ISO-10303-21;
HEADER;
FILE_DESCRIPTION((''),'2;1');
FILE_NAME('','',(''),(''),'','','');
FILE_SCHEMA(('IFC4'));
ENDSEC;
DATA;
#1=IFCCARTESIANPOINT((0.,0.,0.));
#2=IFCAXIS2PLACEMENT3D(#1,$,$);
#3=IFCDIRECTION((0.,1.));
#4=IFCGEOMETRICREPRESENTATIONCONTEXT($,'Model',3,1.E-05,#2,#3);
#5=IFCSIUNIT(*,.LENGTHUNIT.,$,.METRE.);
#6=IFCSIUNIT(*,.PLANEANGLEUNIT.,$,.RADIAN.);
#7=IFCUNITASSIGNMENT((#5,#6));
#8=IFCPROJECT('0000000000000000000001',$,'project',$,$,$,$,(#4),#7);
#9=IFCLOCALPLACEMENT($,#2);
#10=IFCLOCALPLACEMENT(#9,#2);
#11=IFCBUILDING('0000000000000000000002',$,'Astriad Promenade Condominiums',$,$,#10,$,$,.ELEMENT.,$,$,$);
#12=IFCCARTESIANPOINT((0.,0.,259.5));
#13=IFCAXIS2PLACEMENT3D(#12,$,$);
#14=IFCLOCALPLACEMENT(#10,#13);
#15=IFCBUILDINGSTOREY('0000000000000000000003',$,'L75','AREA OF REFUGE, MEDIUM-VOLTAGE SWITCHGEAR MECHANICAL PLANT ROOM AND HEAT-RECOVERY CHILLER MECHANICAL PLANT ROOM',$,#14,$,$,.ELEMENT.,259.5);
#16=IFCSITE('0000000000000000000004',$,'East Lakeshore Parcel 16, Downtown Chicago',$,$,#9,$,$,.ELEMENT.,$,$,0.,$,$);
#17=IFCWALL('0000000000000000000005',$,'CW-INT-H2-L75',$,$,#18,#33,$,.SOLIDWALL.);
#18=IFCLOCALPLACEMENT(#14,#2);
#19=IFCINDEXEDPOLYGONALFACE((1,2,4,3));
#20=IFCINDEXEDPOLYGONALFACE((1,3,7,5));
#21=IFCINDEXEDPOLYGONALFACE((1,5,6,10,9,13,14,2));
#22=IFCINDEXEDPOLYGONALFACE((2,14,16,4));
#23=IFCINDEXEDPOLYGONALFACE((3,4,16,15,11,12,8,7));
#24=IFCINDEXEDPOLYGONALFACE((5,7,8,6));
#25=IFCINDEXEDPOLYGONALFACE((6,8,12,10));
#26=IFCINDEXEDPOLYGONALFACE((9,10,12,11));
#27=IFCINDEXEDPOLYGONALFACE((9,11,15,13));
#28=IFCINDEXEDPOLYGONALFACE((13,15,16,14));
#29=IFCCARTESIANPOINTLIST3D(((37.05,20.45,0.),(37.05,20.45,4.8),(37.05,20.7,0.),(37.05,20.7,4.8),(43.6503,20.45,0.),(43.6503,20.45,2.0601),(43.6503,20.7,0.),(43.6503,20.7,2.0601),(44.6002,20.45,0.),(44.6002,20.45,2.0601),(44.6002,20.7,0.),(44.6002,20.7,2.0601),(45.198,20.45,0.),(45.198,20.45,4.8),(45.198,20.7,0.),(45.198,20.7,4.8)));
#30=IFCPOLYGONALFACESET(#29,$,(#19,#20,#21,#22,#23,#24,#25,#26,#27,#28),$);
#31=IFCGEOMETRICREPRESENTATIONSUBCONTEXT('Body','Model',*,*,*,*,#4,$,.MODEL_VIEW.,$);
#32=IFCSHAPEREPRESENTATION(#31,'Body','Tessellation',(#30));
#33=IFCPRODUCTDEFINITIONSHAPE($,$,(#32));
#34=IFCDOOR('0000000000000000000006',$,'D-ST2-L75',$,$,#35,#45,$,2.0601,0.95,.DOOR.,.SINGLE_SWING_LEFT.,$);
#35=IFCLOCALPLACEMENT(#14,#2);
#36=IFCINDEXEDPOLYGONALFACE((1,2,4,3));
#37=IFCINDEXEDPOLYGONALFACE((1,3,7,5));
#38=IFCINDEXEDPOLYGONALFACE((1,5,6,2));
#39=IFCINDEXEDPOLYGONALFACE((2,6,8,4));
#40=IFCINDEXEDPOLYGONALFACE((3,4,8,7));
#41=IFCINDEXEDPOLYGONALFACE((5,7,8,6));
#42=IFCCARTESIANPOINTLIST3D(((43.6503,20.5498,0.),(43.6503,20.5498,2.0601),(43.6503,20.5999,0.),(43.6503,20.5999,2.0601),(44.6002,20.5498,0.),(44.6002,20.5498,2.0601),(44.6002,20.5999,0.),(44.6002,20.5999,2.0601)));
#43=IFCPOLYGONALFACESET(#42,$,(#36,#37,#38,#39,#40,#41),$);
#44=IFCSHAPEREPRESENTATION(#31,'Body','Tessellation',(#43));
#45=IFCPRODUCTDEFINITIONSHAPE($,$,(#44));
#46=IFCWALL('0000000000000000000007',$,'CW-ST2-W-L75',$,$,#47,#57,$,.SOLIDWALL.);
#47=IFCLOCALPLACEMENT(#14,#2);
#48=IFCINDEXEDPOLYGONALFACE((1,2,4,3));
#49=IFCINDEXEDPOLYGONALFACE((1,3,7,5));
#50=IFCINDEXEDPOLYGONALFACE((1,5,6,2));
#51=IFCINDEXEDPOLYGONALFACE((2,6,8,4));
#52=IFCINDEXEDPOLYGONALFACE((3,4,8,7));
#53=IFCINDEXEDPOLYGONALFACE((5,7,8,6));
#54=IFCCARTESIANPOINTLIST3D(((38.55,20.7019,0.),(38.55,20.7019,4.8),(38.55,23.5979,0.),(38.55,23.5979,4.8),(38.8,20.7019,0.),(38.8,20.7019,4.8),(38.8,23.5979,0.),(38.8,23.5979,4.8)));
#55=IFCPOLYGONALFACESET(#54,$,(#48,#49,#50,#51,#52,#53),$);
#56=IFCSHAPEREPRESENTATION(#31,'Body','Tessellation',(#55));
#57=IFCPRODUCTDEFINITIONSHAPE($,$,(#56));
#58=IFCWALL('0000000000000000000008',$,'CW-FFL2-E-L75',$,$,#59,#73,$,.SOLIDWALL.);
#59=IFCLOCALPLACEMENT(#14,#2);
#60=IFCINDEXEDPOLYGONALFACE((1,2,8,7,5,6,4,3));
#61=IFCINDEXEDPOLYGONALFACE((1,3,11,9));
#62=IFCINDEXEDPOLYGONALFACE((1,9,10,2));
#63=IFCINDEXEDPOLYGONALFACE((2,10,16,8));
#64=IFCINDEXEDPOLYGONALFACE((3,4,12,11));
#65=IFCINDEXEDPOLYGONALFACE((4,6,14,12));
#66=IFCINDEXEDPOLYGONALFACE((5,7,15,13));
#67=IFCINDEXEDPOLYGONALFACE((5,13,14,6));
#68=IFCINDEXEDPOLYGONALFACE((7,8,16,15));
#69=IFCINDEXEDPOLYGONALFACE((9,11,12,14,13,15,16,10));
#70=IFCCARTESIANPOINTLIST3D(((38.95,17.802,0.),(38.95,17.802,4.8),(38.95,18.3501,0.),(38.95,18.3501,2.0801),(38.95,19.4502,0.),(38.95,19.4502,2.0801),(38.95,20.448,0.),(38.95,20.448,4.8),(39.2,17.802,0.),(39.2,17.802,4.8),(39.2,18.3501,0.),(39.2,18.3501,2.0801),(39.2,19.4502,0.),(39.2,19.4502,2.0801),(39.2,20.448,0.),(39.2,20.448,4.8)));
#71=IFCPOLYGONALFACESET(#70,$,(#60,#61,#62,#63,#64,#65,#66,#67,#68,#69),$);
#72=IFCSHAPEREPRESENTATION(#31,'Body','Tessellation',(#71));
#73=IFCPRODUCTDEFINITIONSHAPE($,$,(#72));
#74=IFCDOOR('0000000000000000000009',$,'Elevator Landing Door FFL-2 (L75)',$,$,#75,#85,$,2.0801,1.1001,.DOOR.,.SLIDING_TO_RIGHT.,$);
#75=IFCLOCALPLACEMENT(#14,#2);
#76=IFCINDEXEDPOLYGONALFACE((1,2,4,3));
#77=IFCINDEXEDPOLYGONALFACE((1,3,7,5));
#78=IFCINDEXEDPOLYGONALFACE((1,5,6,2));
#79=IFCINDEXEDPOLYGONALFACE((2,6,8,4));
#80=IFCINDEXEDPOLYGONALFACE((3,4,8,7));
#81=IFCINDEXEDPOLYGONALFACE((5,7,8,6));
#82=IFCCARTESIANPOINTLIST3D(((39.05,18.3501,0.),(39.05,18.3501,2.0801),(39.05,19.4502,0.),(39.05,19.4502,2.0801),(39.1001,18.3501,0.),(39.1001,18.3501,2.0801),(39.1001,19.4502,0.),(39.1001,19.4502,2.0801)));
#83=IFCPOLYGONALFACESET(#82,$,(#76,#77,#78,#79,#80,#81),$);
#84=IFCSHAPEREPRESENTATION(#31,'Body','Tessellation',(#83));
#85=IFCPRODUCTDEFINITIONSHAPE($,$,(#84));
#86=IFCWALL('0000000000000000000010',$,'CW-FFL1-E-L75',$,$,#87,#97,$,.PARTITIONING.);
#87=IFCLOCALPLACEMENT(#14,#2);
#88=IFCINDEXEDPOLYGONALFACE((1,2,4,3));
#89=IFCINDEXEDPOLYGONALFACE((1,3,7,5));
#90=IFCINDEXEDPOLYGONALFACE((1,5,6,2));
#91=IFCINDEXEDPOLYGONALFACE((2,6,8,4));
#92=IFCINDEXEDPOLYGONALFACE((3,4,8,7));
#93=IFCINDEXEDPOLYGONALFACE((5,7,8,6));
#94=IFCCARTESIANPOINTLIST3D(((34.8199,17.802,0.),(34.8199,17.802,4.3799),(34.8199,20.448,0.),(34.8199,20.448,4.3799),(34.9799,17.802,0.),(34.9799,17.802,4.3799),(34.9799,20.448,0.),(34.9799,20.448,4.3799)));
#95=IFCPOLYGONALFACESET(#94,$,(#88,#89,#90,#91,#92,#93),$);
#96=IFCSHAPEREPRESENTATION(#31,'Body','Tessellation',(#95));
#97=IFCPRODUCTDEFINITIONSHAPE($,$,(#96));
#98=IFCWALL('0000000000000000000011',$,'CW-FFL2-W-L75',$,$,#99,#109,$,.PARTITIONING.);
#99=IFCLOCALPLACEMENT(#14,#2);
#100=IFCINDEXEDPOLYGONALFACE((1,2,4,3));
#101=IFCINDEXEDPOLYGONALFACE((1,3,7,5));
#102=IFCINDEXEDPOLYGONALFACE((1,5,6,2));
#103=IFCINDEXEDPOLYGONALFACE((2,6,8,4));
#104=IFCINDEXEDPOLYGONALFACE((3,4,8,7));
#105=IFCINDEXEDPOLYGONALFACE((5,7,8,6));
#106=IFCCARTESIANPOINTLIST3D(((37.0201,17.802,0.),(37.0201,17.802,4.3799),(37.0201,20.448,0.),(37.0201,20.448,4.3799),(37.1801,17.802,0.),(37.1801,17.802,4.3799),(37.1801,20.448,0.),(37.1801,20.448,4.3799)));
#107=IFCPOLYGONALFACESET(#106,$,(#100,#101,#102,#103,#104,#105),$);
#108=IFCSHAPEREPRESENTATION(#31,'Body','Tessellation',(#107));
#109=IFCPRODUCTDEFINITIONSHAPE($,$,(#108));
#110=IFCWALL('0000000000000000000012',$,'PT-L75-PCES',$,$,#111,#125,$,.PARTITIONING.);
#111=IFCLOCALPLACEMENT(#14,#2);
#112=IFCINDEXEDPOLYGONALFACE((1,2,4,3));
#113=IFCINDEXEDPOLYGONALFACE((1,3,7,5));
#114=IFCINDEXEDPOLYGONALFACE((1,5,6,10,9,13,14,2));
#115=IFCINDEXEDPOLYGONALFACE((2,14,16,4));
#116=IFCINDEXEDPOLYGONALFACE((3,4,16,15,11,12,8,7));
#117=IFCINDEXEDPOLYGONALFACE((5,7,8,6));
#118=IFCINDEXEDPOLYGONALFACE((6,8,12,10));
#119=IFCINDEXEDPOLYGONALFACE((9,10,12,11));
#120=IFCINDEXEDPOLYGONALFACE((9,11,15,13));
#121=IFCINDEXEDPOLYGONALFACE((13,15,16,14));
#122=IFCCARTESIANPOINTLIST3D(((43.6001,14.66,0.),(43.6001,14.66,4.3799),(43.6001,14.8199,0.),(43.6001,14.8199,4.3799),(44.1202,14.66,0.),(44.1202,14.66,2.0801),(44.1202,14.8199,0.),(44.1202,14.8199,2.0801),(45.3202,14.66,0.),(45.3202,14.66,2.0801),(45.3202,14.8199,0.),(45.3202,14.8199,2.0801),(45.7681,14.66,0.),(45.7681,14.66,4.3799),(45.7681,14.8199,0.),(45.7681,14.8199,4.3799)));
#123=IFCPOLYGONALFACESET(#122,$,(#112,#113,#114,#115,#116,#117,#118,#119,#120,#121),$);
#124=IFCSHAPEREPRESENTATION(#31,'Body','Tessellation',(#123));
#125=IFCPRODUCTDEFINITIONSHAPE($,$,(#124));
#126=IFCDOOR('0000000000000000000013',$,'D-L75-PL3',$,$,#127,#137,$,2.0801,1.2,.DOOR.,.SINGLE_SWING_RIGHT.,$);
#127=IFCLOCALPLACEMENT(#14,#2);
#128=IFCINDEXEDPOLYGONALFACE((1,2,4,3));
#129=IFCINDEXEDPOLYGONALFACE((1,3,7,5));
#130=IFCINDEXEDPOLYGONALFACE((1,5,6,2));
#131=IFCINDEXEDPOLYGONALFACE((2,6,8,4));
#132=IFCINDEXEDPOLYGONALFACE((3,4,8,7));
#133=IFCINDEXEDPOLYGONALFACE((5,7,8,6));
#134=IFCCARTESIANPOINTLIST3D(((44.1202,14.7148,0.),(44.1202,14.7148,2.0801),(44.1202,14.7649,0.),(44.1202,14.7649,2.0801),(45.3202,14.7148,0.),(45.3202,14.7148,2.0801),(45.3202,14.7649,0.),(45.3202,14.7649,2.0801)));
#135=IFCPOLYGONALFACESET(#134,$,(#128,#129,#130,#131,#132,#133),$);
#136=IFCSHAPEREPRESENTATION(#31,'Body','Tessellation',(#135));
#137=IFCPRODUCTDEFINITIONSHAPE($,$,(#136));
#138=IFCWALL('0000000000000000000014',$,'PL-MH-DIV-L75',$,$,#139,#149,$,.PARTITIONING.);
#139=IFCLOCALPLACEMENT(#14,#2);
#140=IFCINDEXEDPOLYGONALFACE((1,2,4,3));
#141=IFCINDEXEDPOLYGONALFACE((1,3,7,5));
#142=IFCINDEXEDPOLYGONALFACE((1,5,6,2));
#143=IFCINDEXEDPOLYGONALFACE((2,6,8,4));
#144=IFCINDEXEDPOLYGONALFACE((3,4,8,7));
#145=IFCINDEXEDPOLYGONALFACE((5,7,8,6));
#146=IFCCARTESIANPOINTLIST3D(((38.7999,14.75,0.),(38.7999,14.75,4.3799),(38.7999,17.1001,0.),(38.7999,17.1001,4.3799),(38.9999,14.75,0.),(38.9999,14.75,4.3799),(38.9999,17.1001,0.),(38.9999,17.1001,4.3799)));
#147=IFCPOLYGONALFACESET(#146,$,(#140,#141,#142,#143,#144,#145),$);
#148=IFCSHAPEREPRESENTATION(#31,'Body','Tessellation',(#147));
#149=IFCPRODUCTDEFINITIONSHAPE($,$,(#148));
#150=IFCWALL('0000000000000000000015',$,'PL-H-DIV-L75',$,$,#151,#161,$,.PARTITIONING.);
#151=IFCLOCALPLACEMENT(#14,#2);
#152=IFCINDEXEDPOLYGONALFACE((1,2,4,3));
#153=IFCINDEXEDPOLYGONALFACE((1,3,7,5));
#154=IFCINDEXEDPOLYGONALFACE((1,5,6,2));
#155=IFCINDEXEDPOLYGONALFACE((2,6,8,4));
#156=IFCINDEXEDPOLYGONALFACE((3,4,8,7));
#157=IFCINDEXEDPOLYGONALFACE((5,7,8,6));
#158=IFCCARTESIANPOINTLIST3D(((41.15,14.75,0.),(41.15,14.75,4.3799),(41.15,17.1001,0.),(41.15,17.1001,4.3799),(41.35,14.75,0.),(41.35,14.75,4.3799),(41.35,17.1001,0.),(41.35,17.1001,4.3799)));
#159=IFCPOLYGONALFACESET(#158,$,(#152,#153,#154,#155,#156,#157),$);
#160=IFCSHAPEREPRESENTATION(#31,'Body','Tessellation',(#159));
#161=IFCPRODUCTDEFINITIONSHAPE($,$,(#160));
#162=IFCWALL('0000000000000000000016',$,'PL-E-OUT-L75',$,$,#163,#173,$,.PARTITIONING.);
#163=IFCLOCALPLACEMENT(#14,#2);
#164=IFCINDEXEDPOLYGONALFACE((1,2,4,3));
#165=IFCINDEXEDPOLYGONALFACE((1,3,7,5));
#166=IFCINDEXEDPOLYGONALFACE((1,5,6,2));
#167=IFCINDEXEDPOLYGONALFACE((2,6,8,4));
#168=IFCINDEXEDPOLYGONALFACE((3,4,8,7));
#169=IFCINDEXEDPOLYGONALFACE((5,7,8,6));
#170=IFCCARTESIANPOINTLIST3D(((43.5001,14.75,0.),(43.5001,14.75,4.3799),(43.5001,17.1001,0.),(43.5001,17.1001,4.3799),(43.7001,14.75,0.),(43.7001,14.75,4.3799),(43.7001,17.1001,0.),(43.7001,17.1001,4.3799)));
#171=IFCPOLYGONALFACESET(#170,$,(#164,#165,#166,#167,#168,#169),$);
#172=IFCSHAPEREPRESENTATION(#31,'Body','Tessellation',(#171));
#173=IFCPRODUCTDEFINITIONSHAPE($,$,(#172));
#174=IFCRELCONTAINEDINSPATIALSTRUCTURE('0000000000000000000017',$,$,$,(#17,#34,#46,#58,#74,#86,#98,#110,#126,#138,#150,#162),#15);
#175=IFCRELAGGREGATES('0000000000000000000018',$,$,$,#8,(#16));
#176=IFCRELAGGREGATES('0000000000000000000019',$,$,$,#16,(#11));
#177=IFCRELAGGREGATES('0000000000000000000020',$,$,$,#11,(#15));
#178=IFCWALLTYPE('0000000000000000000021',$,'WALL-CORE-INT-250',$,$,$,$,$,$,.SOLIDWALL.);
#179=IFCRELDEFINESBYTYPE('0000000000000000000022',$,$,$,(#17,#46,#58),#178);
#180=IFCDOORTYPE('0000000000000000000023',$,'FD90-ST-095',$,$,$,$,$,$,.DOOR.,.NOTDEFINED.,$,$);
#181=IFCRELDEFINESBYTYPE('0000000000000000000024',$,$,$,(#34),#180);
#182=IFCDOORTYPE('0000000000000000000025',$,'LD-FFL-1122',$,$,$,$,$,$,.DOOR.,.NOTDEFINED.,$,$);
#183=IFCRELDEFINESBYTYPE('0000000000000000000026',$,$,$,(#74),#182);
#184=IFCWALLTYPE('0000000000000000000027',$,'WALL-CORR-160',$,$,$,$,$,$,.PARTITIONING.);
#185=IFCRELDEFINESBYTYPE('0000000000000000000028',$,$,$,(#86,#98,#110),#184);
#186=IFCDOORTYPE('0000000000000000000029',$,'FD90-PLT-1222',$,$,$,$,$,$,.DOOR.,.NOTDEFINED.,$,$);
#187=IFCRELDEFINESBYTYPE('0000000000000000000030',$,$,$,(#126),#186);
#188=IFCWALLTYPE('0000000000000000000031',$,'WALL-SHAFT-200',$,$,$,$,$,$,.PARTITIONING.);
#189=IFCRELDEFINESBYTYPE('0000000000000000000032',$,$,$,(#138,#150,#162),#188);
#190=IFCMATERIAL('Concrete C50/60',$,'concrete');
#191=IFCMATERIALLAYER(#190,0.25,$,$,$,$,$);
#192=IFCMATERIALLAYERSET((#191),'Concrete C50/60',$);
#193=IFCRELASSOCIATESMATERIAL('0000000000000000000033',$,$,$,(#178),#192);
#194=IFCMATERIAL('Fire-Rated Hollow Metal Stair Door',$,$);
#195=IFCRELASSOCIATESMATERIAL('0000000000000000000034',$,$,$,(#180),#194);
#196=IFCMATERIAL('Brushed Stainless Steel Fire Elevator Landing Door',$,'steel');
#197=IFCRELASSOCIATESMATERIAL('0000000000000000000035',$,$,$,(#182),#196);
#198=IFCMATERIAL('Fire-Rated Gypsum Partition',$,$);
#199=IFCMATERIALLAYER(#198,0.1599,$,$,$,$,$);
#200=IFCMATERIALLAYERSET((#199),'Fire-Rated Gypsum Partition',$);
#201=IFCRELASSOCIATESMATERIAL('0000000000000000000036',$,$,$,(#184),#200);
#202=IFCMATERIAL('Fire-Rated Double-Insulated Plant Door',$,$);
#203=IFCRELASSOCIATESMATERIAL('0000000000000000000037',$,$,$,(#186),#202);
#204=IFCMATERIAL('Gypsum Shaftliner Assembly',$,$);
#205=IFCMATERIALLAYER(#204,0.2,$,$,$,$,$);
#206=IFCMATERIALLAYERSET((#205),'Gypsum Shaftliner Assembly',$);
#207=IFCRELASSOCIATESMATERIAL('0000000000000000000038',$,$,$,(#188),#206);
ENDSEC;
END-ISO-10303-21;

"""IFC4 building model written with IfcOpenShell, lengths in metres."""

from ifc_helpers import new_model, si_unit, direction, frame, frame_2d, origin, place, context, subcontext, project, spatial, rectangle, extrude, source, transform, mapped, material, layer, layer_set, type_object, type_shapes, element, fill, save


model = new_model("IFC4")

# Units and contexts
model_context = context("Model", 3, precision=1e-05, world=origin(), true_north=direction((0.0, 1.0)))
body_context = subcontext(model_context, "Body", "Model", "MODEL_VIEW")
ifc_project = project(units=[si_unit("LENGTHUNIT", "METRE"), si_unit("PLANEANGLEUNIT", "RADIAN")], contexts=[model_context])

# Site, building, storey
site_placement = place(None, origin())
site = spatial("IfcSite", under=ifc_project, at=site_placement, Name="East Lakeshore Parcel 16, Downtown Chicago", CompositionType="ELEMENT", RefElevation=0.0)
building_placement = place(site_placement, origin())
building = spatial("IfcBuilding", under=site, at=building_placement, Name="Astriad Promenade Condominiums", CompositionType="ELEMENT")
storey_placement = place(building_placement, frame((0.0, 0.0, 259.5)))
storey = spatial("IfcBuildingStorey", under=building, at=storey_placement, Name="L75", Description="AREA OF REFUGE, MEDIUM-VOLTAGE SWITCHGEAR MECHANICAL PLANT ROOM AND HEAT-RECOVERY CHILLER MECHANICAL PLANT ROOM", CompositionType="ELEMENT", Elevation=259.5)

# Wall, opening, door
ifc_material_1 = material(Name="Concrete C50/60", Category="concrete")
ifc_layer_1 = layer(ifc_material_1, 0.25)
ifc_layer_set_1 = layer_set([ifc_layer_1], Name="Concrete C50/60")
wall_type_1 = type_object("IfcWallType", Name="WALL-CORE-INT-250", PredefinedType="SOLIDWALL", material=ifc_layer_set_1)
wall_1_placement = place(storey_placement, frame((37.05, 20.575, 0.0), z_axis=(0.0, 0.0, 1.0), x_axis=(1.0, 0.0, 0.0)))
wall_1 = element("IfcWall", 1, at=wall_1_placement, inside=storey, type_object=wall_type_1, Name="CW-INT-H2-L75", PredefinedType="SOLIDWALL", context=body_context, shape_type="SweptSolid", body=[
    extrude(rectangle(XDim=8.1479, YDim=0.25, at=frame_2d((4.074, 0.0))), origin(), (0.0, 0.0, 1.0), 4.8),
])
opening_1_placement = place(wall_1_placement, frame((6.6001, 0.0, 0.0)))
opening_1 = element("IfcOpeningElement", 2, at=opening_1_placement, cuts=wall_1, PredefinedType="OPENING", context=body_context, shape_type="SweptSolid", body=[
    extrude(rectangle(XDim=0.95, YDim=2.0601, at=frame_2d((0.4751, 1.03))), frame((0.0, 0.135, 0.0), z_axis=(0.0, -1.0, 0.0), x_axis=(1.0, 0.0, 0.0)), (0.0, 0.0, 1.0), 0.27),
])
ifc_material_2 = material(Name="Fire-Rated Hollow Metal Stair Door")
door_type_1 = type_object("IfcDoorType", Name="FD90-ST-095", OperationType="NOTDEFINED", PredefinedType="DOOR", material=ifc_material_2)
shared_shape_1 = source(origin(), body_context, "Body", "SweptSolid", [
    extrude(rectangle(XDim=0.95, YDim=2.0601, at=frame_2d((0.4751, 1.03))), frame((0.0, 0.0249, 0.0), z_axis=(0.0, -1.0, 0.0), x_axis=(1.0, 0.0, 0.0)), (0.0, 0.0, 1.0), 0.05),
])
type_shapes(door_type_1, [shared_shape_1])
door_1_placement = place(opening_1_placement, origin())
door_1 = element("IfcDoor", 3, at=door_1_placement, inside=storey, type_object=door_type_1, Name="D-ST2-L75", OperationType="SINGLE_SWING_LEFT", OverallHeight=2.0601, OverallWidth=0.95, PredefinedType="DOOR", context=body_context, shape_type="MappedRepresentation", body=[
    mapped(shared_shape_1, transform((0.0, 0.0, 0.0), scale=1.0)),
])
fill(opening_1, door_1)

# Wall
wall_2_placement = place(storey_placement, frame((38.675, 20.7019, 0.0), z_axis=(0.0, 0.0, 1.0), x_axis=(0.0, 1.0, 0.0)))
element("IfcWall", 4, at=wall_2_placement, inside=storey, type_object=wall_type_1, Name="CW-ST2-W-L75", PredefinedType="SOLIDWALL", context=body_context, shape_type="SweptSolid", body=[
    extrude(rectangle(XDim=2.896, YDim=0.25, at=frame_2d((1.448, 0.0))), origin(), (0.0, 0.0, 1.0), 4.8),
])

# Wall, opening, door
wall_3_placement = place(storey_placement, frame((39.075, 17.802, 0.0), z_axis=(0.0, 0.0, 1.0), x_axis=(0.0, 1.0, 0.0)))
wall_3 = element("IfcWall", 5, at=wall_3_placement, inside=storey, type_object=wall_type_1, Name="CW-FFL2-E-L75", PredefinedType="SOLIDWALL", context=body_context, shape_type="SweptSolid", body=[
    extrude(rectangle(XDim=2.646, YDim=0.25, at=frame_2d((1.323, 0.0))), origin(), (0.0, 0.0, 1.0), 4.8),
])
opening_2_placement = place(wall_3_placement, frame((0.5481, 0.0, 0.0)))
opening_2 = element("IfcOpeningElement", 6, at=opening_2_placement, cuts=wall_3, PredefinedType="OPENING", context=body_context, shape_type="SweptSolid", body=[
    extrude(rectangle(XDim=1.1001, YDim=2.0801, at=frame_2d((0.55, 1.04))), frame((0.0, 0.135, 0.0), z_axis=(0.0, -1.0, 0.0), x_axis=(1.0, 0.0, 0.0)), (0.0, 0.0, 1.0), 0.27),
])
ifc_material_3 = material(Name="Brushed Stainless Steel Fire Elevator Landing Door", Category="steel")
door_type_2 = type_object("IfcDoorType", Name="LD-FFL-1122", OperationType="NOTDEFINED", PredefinedType="DOOR", material=ifc_material_3)
shared_shape_2 = source(origin(), body_context, "Body", "SweptSolid", [
    extrude(rectangle(XDim=1.1001, YDim=2.0801, at=frame_2d((0.55, 1.04))), frame((0.0, 0.0249, 0.0), z_axis=(0.0, -1.0, 0.0), x_axis=(1.0, 0.0, 0.0)), (0.0, 0.0, 1.0), 0.05),
])
type_shapes(door_type_2, [shared_shape_2])
door_2_placement = place(opening_2_placement, origin())
door_2 = element("IfcDoor", 7, at=door_2_placement, inside=storey, type_object=door_type_2, Name="Elevator Landing Door FFL-2 (L75)", OperationType="SLIDING_TO_RIGHT", OverallHeight=2.0801, OverallWidth=1.1001, PredefinedType="DOOR", context=body_context, shape_type="MappedRepresentation", body=[
    mapped(shared_shape_2, transform((0.0, 0.0, 0.0), scale=1.0)),
])
fill(opening_2, door_2)

# Walls
ifc_material_4 = material(Name="Fire-Rated Gypsum Partition")
ifc_layer_2 = layer(ifc_material_4, 0.1599)
ifc_layer_set_2 = layer_set([ifc_layer_2], Name="Fire-Rated Gypsum Partition")
wall_type_2 = type_object("IfcWallType", Name="WALL-CORR-160", PredefinedType="PARTITIONING", material=ifc_layer_set_2)
for number, where, z_axis, x_axis, name in (
    (8, (34.8999, 17.802, 0.0), (0.0, 0.0, 1.0), (0.0, 1.0, 0.0), "CW-FFL1-E-L75"),
    (9, (37.1001, 17.802, 0.0), (0.0, 0.0, 1.0), (0.0, 1.0, 0.0), "CW-FFL2-W-L75"),
):
    element("IfcWall", number, at=place(storey_placement, frame(where, z_axis=z_axis, x_axis=x_axis)), inside=storey, type_object=wall_type_2, Name=name, PredefinedType="PARTITIONING", context=body_context, shape_type="SweptSolid", body=[
        extrude(rectangle(XDim=2.646, YDim=0.1599, at=frame_2d((1.323, 0.0))), origin(), (0.0, 0.0, 1.0), 4.3799),
    ])

# Wall, opening, door
wall_4_placement = place(storey_placement, frame((43.6001, 14.74, 0.0), z_axis=(0.0, 0.0, 1.0), x_axis=(1.0, 0.0, 0.0)))
wall_4 = element("IfcWall", 10, at=wall_4_placement, inside=storey, type_object=wall_type_2, Name="PT-L75-PCES", PredefinedType="PARTITIONING", context=body_context, shape_type="SweptSolid", body=[
    extrude(rectangle(XDim=2.168, YDim=0.1599, at=frame_2d((1.084, 0.0))), origin(), (0.0, 0.0, 1.0), 4.3799),
])
opening_3_placement = place(wall_4_placement, frame((0.52, 0.0, 0.0)))
opening_3 = element("IfcOpeningElement", 11, at=opening_3_placement, cuts=wall_4, PredefinedType="OPENING", context=body_context, shape_type="SweptSolid", body=[
    extrude(rectangle(XDim=1.2, YDim=2.0801, at=frame_2d((0.6001, 1.04))), frame((0.0, 0.0898, 0.0), z_axis=(0.0, -1.0, 0.0), x_axis=(1.0, 0.0, 0.0)), (0.0, 0.0, 1.0), 0.1799),
])
ifc_material_5 = material(Name="Fire-Rated Double-Insulated Plant Door")
door_type_3 = type_object("IfcDoorType", Name="FD90-PLT-1222", OperationType="NOTDEFINED", PredefinedType="DOOR", material=ifc_material_5)
shared_shape_3 = source(origin(), body_context, "Body", "SweptSolid", [
    extrude(rectangle(XDim=1.2, YDim=2.0801, at=frame_2d((0.6001, 1.04))), frame((0.0, 0.0249, 0.0), z_axis=(0.0, -1.0, 0.0), x_axis=(1.0, 0.0, 0.0)), (0.0, 0.0, 1.0), 0.05),
])
type_shapes(door_type_3, [shared_shape_3])
door_3_placement = place(opening_3_placement, origin())
door_3 = element("IfcDoor", 12, at=door_3_placement, inside=storey, type_object=door_type_3, Name="D-L75-PL3", OperationType="SINGLE_SWING_RIGHT", OverallHeight=2.0801, OverallWidth=1.2, PredefinedType="DOOR", context=body_context, shape_type="MappedRepresentation", body=[
    mapped(shared_shape_3, transform((0.0, 0.0, 0.0), scale=1.0)),
])
fill(opening_3, door_3)

# Walls
ifc_material_6 = material(Name="Gypsum Shaftliner Assembly")
ifc_layer_3 = layer(ifc_material_6, 0.2)
ifc_layer_set_3 = layer_set([ifc_layer_3], Name="Gypsum Shaftliner Assembly")
wall_type_3 = type_object("IfcWallType", Name="WALL-SHAFT-200", PredefinedType="PARTITIONING", material=ifc_layer_set_3)
for number, where, z_axis, x_axis, name in (
    (13, (38.8999, 14.75, 0.0), (0.0, 0.0, 1.0), (0.0, 1.0, 0.0), "PL-MH-DIV-L75"),
    (14, (41.25, 14.75, 0.0), (0.0, 0.0, 1.0), (0.0, 1.0, 0.0), "PL-H-DIV-L75"),
    (15, (43.6001, 14.75, 0.0), (0.0, 0.0, 1.0), (0.0, 1.0, 0.0), "PL-E-OUT-L75"),
):
    element("IfcWall", number, at=place(storey_placement, frame(where, z_axis=z_axis, x_axis=x_axis)), inside=storey, type_object=wall_type_3, Name=name, PredefinedType="PARTITIONING", context=body_context, shape_type="SweptSolid", body=[
        extrude(rectangle(XDim=2.3501, YDim=0.2, at=frame_2d((1.175, 0.0))), origin(), (0.0, 0.0, 1.0), 4.3799),
    ])

save(model, "model.ifc")
